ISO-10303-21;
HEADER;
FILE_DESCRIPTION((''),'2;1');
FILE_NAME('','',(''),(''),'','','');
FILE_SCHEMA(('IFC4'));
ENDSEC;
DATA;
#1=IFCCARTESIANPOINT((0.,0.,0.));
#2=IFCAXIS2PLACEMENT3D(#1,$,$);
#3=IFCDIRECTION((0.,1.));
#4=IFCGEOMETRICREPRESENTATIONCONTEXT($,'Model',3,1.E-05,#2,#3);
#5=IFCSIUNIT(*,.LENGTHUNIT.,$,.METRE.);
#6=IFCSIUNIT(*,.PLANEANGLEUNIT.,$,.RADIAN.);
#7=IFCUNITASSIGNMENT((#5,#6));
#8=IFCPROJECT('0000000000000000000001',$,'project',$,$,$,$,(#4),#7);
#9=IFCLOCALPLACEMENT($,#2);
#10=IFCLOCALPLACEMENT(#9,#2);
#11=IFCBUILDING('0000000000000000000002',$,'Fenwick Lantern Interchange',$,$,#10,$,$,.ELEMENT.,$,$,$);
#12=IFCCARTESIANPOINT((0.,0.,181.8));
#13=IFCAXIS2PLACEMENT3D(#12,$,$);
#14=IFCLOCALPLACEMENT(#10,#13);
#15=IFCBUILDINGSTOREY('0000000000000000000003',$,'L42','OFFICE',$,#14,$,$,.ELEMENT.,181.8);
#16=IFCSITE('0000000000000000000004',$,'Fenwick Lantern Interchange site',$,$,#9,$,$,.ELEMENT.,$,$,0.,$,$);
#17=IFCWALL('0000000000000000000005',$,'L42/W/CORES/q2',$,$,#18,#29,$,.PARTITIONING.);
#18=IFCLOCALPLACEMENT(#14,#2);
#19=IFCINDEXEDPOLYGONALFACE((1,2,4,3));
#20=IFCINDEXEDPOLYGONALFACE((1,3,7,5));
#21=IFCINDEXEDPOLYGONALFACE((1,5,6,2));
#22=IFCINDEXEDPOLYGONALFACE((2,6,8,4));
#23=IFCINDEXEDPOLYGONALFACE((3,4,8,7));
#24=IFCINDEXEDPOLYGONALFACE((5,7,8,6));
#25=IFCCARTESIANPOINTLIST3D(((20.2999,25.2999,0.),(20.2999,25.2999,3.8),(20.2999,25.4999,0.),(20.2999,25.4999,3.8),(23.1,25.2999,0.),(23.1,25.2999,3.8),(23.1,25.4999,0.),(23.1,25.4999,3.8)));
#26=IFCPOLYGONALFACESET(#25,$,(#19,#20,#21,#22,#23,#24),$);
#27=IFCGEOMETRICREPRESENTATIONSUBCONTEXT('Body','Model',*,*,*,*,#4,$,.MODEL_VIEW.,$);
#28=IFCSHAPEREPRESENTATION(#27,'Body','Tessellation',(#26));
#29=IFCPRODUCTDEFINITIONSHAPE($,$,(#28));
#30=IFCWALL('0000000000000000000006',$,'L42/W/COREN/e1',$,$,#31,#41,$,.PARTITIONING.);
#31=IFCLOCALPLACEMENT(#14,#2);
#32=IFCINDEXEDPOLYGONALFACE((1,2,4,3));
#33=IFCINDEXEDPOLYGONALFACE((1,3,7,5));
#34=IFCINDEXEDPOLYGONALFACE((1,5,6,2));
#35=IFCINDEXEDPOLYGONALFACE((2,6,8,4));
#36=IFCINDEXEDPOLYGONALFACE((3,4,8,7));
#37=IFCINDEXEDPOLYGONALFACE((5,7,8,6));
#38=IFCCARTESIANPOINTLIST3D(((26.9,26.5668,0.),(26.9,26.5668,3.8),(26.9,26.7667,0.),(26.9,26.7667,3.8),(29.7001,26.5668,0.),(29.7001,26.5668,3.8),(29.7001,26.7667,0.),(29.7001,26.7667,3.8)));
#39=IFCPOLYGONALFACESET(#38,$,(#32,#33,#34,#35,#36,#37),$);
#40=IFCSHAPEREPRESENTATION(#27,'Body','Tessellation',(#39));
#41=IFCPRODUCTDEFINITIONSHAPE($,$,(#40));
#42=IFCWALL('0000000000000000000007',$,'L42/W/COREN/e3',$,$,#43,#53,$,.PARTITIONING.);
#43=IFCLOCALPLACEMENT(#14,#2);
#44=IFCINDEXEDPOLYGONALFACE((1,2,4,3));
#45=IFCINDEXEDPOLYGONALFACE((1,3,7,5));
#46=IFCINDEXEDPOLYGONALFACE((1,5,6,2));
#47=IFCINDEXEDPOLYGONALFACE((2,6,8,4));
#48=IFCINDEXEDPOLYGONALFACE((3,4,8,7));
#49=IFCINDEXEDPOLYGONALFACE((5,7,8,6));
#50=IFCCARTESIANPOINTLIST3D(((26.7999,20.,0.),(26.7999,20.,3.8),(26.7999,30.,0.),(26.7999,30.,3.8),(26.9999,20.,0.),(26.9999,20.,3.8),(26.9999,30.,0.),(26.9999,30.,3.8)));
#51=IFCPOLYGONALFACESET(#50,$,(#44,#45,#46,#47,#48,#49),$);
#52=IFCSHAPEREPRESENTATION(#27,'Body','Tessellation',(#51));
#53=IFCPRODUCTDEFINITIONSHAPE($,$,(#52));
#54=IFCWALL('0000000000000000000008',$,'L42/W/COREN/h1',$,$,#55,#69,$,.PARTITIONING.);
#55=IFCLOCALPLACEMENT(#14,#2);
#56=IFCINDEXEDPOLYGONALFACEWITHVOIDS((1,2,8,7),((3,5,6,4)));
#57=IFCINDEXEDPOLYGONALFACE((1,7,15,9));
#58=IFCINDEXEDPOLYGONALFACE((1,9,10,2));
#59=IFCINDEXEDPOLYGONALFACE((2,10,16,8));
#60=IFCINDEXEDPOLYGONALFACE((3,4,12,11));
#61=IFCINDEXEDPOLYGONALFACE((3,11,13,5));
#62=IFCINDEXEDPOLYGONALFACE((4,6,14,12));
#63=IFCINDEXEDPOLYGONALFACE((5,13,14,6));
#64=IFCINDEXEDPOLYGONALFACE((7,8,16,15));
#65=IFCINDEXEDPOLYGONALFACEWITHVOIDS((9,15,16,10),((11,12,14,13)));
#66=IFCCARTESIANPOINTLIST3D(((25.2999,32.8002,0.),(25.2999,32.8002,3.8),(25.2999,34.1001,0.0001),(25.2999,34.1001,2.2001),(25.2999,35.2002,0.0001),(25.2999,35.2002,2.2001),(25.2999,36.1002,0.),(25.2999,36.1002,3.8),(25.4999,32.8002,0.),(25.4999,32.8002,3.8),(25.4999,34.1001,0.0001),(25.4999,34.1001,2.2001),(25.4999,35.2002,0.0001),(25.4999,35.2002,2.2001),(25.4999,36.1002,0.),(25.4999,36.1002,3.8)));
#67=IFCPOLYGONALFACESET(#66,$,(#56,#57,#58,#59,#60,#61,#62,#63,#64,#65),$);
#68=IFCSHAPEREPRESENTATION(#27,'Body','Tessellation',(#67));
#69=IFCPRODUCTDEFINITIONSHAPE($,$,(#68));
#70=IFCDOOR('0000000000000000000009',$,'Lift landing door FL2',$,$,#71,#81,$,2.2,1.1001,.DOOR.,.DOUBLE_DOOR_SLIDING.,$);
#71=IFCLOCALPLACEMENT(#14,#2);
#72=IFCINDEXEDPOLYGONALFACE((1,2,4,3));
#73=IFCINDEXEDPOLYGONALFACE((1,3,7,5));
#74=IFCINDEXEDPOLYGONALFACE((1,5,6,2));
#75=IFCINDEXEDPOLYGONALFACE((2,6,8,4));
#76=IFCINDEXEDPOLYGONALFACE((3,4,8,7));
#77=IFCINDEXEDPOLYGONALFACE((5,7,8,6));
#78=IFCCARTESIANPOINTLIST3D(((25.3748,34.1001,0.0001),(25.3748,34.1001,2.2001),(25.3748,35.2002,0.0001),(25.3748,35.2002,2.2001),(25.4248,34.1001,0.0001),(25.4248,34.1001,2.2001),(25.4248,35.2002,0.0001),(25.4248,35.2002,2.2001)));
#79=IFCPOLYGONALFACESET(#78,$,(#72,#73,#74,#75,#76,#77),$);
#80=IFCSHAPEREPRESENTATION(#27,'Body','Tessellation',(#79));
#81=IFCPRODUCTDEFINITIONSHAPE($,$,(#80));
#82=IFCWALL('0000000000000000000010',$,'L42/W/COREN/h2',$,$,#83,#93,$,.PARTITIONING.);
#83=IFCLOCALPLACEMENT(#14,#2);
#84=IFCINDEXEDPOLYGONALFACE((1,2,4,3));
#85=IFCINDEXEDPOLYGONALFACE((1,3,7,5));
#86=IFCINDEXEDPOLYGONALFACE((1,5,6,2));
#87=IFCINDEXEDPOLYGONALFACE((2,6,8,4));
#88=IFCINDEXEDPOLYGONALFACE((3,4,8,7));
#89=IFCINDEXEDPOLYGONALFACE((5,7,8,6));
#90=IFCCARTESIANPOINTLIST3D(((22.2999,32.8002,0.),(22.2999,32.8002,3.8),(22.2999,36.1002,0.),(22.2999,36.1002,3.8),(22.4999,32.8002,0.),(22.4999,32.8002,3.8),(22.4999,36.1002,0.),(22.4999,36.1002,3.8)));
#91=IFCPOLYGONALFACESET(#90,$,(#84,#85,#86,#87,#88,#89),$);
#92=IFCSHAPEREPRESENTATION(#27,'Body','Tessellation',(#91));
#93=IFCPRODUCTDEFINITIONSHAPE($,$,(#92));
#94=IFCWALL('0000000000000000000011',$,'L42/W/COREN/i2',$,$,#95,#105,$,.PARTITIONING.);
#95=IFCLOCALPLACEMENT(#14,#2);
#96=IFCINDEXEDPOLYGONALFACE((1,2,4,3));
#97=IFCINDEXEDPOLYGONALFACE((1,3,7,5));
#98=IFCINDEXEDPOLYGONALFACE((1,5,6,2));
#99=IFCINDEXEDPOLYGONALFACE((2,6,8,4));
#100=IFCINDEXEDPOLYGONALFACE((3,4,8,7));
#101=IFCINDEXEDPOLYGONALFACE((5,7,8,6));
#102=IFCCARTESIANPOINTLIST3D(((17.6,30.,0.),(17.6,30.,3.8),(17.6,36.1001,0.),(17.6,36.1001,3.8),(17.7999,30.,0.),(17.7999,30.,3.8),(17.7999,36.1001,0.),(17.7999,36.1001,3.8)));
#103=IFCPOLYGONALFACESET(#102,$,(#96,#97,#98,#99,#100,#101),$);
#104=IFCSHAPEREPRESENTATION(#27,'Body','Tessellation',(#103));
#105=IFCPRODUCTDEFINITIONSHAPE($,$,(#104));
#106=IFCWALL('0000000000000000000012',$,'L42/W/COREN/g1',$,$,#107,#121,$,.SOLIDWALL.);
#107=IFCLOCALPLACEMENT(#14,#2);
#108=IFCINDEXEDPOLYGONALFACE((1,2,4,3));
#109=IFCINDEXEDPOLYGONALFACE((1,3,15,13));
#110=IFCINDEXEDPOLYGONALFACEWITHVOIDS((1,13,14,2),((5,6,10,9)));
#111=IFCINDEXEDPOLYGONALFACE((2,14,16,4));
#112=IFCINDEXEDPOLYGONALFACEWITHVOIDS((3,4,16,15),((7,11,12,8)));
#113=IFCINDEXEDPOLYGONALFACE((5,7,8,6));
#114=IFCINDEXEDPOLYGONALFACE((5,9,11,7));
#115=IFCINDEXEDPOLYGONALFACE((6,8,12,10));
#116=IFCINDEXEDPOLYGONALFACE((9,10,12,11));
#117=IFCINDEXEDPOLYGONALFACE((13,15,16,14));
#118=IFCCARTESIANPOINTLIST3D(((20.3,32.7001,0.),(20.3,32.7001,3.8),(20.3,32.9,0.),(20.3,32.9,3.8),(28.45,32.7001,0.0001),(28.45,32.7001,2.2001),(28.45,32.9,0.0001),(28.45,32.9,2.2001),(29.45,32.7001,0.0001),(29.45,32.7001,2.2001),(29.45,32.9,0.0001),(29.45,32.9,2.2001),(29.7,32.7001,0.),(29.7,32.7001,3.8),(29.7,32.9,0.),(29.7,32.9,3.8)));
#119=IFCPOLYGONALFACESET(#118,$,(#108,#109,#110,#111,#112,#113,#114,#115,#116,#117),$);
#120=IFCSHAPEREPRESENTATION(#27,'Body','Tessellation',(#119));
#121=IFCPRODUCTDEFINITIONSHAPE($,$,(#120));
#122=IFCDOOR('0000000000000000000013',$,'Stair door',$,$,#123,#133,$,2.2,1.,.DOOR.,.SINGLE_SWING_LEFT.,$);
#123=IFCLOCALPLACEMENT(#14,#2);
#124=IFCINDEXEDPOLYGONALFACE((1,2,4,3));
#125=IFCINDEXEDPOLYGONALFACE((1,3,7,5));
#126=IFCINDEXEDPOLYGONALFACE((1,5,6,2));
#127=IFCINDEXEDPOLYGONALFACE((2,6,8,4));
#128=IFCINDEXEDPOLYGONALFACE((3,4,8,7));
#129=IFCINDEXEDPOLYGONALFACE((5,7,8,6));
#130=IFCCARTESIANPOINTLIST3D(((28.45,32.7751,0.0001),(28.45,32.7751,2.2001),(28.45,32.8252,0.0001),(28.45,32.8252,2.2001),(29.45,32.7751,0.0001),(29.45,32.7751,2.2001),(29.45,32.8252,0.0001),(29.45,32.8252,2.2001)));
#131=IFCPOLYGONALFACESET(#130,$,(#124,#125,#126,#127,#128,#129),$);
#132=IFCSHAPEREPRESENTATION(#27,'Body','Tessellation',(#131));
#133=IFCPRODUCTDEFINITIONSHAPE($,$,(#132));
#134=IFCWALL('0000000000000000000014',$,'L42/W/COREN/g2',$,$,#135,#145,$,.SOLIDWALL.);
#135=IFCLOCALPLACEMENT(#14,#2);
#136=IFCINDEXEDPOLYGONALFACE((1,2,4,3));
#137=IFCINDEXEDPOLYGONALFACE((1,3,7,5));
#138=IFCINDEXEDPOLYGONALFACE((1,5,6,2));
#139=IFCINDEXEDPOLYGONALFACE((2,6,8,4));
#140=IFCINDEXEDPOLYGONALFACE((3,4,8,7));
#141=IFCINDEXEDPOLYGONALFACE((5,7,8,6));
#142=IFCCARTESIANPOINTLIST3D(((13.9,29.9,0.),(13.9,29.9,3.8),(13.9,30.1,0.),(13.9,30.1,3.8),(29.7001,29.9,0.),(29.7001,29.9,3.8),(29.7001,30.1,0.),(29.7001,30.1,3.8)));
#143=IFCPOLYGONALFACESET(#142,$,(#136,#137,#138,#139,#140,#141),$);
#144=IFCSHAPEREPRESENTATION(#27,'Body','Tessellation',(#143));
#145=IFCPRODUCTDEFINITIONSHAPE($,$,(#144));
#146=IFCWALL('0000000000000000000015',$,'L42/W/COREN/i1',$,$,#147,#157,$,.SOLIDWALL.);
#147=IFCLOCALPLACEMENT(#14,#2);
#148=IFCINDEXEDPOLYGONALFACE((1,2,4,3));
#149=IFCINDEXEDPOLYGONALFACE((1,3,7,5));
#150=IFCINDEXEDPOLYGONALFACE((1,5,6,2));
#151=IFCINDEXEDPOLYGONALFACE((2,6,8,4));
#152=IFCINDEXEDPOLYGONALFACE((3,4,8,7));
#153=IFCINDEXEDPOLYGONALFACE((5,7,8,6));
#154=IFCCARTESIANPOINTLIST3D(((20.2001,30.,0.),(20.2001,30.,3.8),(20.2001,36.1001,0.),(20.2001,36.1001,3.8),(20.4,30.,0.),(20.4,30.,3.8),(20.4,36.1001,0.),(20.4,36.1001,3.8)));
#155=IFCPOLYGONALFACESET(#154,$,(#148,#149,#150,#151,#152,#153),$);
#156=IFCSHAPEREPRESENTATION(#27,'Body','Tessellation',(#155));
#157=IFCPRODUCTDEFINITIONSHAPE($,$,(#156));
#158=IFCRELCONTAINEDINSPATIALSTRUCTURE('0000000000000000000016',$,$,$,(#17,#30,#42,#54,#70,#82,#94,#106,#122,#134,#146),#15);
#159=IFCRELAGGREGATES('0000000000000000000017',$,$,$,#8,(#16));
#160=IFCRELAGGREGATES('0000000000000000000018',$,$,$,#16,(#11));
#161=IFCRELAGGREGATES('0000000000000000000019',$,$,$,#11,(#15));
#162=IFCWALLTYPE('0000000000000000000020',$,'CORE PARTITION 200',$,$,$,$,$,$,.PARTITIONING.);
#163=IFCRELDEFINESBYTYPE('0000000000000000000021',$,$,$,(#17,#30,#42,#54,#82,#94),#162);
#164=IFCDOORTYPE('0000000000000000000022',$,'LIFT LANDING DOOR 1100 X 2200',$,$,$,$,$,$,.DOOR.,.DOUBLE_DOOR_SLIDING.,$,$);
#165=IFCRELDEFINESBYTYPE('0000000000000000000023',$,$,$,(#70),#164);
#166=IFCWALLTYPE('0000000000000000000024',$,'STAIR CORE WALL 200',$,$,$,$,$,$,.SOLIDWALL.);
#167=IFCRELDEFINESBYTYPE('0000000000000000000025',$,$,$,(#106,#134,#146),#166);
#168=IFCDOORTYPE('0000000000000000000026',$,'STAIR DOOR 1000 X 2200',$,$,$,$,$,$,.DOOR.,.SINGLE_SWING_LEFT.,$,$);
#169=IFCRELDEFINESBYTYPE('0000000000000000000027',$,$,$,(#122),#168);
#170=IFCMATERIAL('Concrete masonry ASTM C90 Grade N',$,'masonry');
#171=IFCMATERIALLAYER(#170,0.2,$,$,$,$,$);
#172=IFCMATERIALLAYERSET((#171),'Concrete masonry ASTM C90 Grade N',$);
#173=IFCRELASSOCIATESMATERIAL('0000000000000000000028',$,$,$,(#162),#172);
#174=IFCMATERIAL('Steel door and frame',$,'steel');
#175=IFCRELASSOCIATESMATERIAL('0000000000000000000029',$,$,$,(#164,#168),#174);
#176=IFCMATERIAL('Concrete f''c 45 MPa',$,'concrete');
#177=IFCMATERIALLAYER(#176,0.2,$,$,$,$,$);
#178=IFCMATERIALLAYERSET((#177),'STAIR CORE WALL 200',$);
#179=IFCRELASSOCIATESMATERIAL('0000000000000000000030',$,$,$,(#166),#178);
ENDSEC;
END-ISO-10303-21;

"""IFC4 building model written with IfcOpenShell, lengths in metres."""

from ifc_helpers import new_model, si_unit, direction, frame, frame_2d, origin, place, context, subcontext, project, spatial, rectangle, extrude, material, layer, layer_set, type_object, element, fill, save


model = new_model("IFC4")

# Units and contexts
model_context = context("Model", 3, precision=1e-05, world=origin(), true_north=direction((0.0, 1.0)))
body_context = subcontext(model_context, "Body", "Model", "MODEL_VIEW")
ifc_project = project(units=[si_unit("LENGTHUNIT", "METRE"), si_unit("PLANEANGLEUNIT", "RADIAN")], contexts=[model_context])

# Site, building, storey
site_placement = place(None, origin())
site = spatial("IfcSite", under=ifc_project, at=site_placement, Name="Fenwick Lantern Interchange site", CompositionType="ELEMENT", RefElevation=0.0)
building_placement = place(site_placement, origin())
building = spatial("IfcBuilding", under=site, at=building_placement, Name="Fenwick Lantern Interchange", CompositionType="ELEMENT")
storey_placement = place(building_placement, frame((0.0, 0.0, 181.8)))
storey = spatial("IfcBuildingStorey", under=building, at=storey_placement, Name="L42", Description="OFFICE", CompositionType="ELEMENT", Elevation=181.8)

# Walls
ifc_material_1 = material(Name="Concrete masonry ASTM C90 Grade N", Category="masonry")
ifc_layer_1 = layer(ifc_material_1, 0.2)
ifc_layer_set_1 = layer_set([ifc_layer_1], Name="Concrete masonry ASTM C90 Grade N")
wall_type_1 = type_object("IfcWallType", Name="CORE PARTITION 200", PredefinedType="PARTITIONING", material=ifc_layer_set_1)
for number, where, z_axis, x_axis, name in (
    (1, (20.3, 25.3999, 0.0), (0.0, 0.0, 1.0), (1.0, 0.0, 0.0), "L42/W/CORES/q2"),
    (2, (29.7, 26.6667, 0.0), (0.0, 0.0, 1.0), (-1.0, 0.0, 0.0), "L42/W/COREN/e1"),
):
    element("IfcWall", number, at=place(storey_placement, frame(where, z_axis=z_axis, x_axis=x_axis)), inside=storey, type_object=wall_type_1, Name=name, PredefinedType="PARTITIONING", context=body_context, shape_type="SweptSolid", body=[
        extrude(rectangle(XDim=2.8, YDim=0.2, at=frame_2d((1.3999, 0.0))), origin(), (0.0, 0.0, 1.0), 3.8),
    ])
wall_1_placement = place(storey_placement, frame((26.8999, 30.0, 0.0), z_axis=(0.0, 0.0, 1.0), x_axis=(0.0, -1.0, 0.0)))
element("IfcWall", 3, at=wall_1_placement, inside=storey, type_object=wall_type_1, Name="L42/W/COREN/e3", PredefinedType="PARTITIONING", context=body_context, shape_type="SweptSolid", body=[
    extrude(rectangle(XDim=10.0, YDim=0.2, at=frame_2d((5.0, 0.0))), origin(), (0.0, 0.0, 1.0), 3.8),
])

# Wall, opening, door
wall_2_placement = place(storey_placement, frame((25.3999, 36.1001, 0.0), z_axis=(0.0, 0.0, 1.0), x_axis=(0.0, -1.0, 0.0)))
wall_2 = element("IfcWall", 4, at=wall_2_placement, inside=storey, type_object=wall_type_1, Name="L42/W/COREN/h1", PredefinedType="PARTITIONING", context=body_context, shape_type="SweptSolid", body=[
    extrude(rectangle(XDim=3.3, YDim=0.2, at=frame_2d((1.6499, 0.0))), origin(), (0.0, 0.0, 1.0), 3.8),
])
opening_1_placement = place(wall_2_placement, frame((0.8999, 0.0, 0.0)))
opening_1 = element("IfcOpeningElement", 5, at=opening_1_placement, cuts=wall_2, PredefinedType="OPENING", context=body_context, shape_type="SweptSolid", body=[
    extrude(rectangle(XDim=1.1001, YDim=2.2, at=frame_2d((0.55, 1.1001))), frame((0.0, 0.1099, 0.0), z_axis=(0.0, -1.0, 0.0), x_axis=(1.0, 0.0, 0.0)), (0.0, 0.0, 1.0), 0.22),
])
ifc_material_2 = material(Name="Steel door and frame", Category="steel")
door_type_1 = type_object("IfcDoorType", Name="LIFT LANDING DOOR 1100 X 2200", OperationType="DOUBLE_DOOR_SLIDING", PredefinedType="DOOR", material=ifc_material_2)
door_1_placement = place(opening_1_placement, origin())
door_1 = element("IfcDoor", 6, at=door_1_placement, inside=storey, type_object=door_type_1, Name="Lift landing door FL2", OperationType="DOUBLE_DOOR_SLIDING", OverallHeight=2.2, OverallWidth=1.1001, PredefinedType="DOOR", context=body_context, shape_type="SweptSolid", body=[
    extrude(rectangle(XDim=1.1001, YDim=2.2, at=frame_2d((0.55, 1.1001))), frame((0.0, 0.0249, 0.0), z_axis=(0.0, -1.0, 0.0), x_axis=(1.0, 0.0, 0.0)), (0.0, 0.0, 1.0), 0.05),
])
fill(opening_1, door_1)

# Walls
wall_3_placement = place(storey_placement, frame((22.3999, 36.1001, 0.0), z_axis=(0.0, 0.0, 1.0), x_axis=(0.0, -1.0, 0.0)))
element("IfcWall", 7, at=wall_3_placement, inside=storey, type_object=wall_type_1, Name="L42/W/COREN/h2", PredefinedType="PARTITIONING", context=body_context, shape_type="SweptSolid", body=[
    extrude(rectangle(XDim=3.3, YDim=0.2, at=frame_2d((1.6499, 0.0))), origin(), (0.0, 0.0, 1.0), 3.8),
])
wall_4_placement = place(storey_placement, frame((17.7, 36.1001, 0.0), z_axis=(0.0, 0.0, 1.0), x_axis=(0.0, -1.0, 0.0)))
element("IfcWall", 8, at=wall_4_placement, inside=storey, type_object=wall_type_1, Name="L42/W/COREN/i2", PredefinedType="PARTITIONING", context=body_context, shape_type="SweptSolid", body=[
    extrude(rectangle(XDim=6.1001, YDim=0.2, at=frame_2d((3.05, 0.0))), origin(), (0.0, 0.0, 1.0), 3.8),
])

# Wall, opening, door
ifc_material_3 = material(Name="Concrete f'c 45 MPa", Category="concrete")
ifc_layer_2 = layer(ifc_material_3, 0.2)
ifc_layer_set_2 = layer_set([ifc_layer_2], Name="STAIR CORE WALL 200")
wall_type_2 = type_object("IfcWallType", Name="STAIR CORE WALL 200", PredefinedType="SOLIDWALL", material=ifc_layer_set_2)
wall_5_placement = place(storey_placement, frame((29.7, 32.8, 0.0), z_axis=(0.0, 0.0, 1.0), x_axis=(-1.0, 0.0, 0.0)))
wall_5 = element("IfcWall", 9, at=wall_5_placement, inside=storey, type_object=wall_type_2, Name="L42/W/COREN/g1", PredefinedType="SOLIDWALL", context=body_context, shape_type="SweptSolid", body=[
    extrude(rectangle(XDim=9.3999, YDim=0.2, at=frame_2d((4.7, 0.0))), origin(), (0.0, 0.0, 1.0), 3.8),
])
opening_2_placement = place(wall_5_placement, frame((0.25, 0.0, 0.0)))
opening_2 = element("IfcOpeningElement", 10, at=opening_2_placement, cuts=wall_5, PredefinedType="OPENING", context=body_context, shape_type="SweptSolid", body=[
    extrude(rectangle(XDim=1.0, YDim=2.2, at=frame_2d((0.5, 1.1001))), frame((0.0, 0.1099, 0.0), z_axis=(0.0, -1.0, 0.0), x_axis=(1.0, 0.0, 0.0)), (0.0, 0.0, 1.0), 0.22),
])
door_type_2 = type_object("IfcDoorType", Name="STAIR DOOR 1000 X 2200", OperationType="SINGLE_SWING_LEFT", PredefinedType="DOOR", material=ifc_material_2)
door_2_placement = place(opening_2_placement, origin())
door_2 = element("IfcDoor", 11, at=door_2_placement, inside=storey, type_object=door_type_2, Name="Stair door", OperationType="SINGLE_SWING_LEFT", OverallHeight=2.2, OverallWidth=1.0, PredefinedType="DOOR", context=body_context, shape_type="SweptSolid", body=[
    extrude(rectangle(XDim=1.0, YDim=2.2, at=frame_2d((0.5, 1.1001))), frame((0.0, 0.0249, 0.0), z_axis=(0.0, -1.0, 0.0), x_axis=(1.0, 0.0, 0.0)), (0.0, 0.0, 1.0), 0.05),
])
fill(opening_2, door_2)

# Walls
wall_6_placement = place(storey_placement, frame((29.7, 30.0, 0.0), z_axis=(0.0, 0.0, 1.0), x_axis=(-1.0, 0.0, 0.0)))
element("IfcWall", 12, at=wall_6_placement, inside=storey, type_object=wall_type_2, Name="L42/W/COREN/g2", PredefinedType="SOLIDWALL", context=body_context, shape_type="SweptSolid", body=[
    extrude(rectangle(XDim=15.8, YDim=0.2, at=frame_2d((7.8999, 0.0))), origin(), (0.0, 0.0, 1.0), 3.8),
])
wall_7_placement = place(storey_placement, frame((20.3, 36.1001, 0.0), z_axis=(0.0, 0.0, 1.0), x_axis=(0.0, -1.0, 0.0)))
element("IfcWall", 13, at=wall_7_placement, inside=storey, type_object=wall_type_2, Name="L42/W/COREN/i1", PredefinedType="SOLIDWALL", context=body_context, shape_type="SweptSolid", body=[
    extrude(rectangle(XDim=6.1001, YDim=0.2, at=frame_2d((3.05, 0.0))), origin(), (0.0, 0.0, 1.0), 3.8),
])

save(model, "model.ifc")
